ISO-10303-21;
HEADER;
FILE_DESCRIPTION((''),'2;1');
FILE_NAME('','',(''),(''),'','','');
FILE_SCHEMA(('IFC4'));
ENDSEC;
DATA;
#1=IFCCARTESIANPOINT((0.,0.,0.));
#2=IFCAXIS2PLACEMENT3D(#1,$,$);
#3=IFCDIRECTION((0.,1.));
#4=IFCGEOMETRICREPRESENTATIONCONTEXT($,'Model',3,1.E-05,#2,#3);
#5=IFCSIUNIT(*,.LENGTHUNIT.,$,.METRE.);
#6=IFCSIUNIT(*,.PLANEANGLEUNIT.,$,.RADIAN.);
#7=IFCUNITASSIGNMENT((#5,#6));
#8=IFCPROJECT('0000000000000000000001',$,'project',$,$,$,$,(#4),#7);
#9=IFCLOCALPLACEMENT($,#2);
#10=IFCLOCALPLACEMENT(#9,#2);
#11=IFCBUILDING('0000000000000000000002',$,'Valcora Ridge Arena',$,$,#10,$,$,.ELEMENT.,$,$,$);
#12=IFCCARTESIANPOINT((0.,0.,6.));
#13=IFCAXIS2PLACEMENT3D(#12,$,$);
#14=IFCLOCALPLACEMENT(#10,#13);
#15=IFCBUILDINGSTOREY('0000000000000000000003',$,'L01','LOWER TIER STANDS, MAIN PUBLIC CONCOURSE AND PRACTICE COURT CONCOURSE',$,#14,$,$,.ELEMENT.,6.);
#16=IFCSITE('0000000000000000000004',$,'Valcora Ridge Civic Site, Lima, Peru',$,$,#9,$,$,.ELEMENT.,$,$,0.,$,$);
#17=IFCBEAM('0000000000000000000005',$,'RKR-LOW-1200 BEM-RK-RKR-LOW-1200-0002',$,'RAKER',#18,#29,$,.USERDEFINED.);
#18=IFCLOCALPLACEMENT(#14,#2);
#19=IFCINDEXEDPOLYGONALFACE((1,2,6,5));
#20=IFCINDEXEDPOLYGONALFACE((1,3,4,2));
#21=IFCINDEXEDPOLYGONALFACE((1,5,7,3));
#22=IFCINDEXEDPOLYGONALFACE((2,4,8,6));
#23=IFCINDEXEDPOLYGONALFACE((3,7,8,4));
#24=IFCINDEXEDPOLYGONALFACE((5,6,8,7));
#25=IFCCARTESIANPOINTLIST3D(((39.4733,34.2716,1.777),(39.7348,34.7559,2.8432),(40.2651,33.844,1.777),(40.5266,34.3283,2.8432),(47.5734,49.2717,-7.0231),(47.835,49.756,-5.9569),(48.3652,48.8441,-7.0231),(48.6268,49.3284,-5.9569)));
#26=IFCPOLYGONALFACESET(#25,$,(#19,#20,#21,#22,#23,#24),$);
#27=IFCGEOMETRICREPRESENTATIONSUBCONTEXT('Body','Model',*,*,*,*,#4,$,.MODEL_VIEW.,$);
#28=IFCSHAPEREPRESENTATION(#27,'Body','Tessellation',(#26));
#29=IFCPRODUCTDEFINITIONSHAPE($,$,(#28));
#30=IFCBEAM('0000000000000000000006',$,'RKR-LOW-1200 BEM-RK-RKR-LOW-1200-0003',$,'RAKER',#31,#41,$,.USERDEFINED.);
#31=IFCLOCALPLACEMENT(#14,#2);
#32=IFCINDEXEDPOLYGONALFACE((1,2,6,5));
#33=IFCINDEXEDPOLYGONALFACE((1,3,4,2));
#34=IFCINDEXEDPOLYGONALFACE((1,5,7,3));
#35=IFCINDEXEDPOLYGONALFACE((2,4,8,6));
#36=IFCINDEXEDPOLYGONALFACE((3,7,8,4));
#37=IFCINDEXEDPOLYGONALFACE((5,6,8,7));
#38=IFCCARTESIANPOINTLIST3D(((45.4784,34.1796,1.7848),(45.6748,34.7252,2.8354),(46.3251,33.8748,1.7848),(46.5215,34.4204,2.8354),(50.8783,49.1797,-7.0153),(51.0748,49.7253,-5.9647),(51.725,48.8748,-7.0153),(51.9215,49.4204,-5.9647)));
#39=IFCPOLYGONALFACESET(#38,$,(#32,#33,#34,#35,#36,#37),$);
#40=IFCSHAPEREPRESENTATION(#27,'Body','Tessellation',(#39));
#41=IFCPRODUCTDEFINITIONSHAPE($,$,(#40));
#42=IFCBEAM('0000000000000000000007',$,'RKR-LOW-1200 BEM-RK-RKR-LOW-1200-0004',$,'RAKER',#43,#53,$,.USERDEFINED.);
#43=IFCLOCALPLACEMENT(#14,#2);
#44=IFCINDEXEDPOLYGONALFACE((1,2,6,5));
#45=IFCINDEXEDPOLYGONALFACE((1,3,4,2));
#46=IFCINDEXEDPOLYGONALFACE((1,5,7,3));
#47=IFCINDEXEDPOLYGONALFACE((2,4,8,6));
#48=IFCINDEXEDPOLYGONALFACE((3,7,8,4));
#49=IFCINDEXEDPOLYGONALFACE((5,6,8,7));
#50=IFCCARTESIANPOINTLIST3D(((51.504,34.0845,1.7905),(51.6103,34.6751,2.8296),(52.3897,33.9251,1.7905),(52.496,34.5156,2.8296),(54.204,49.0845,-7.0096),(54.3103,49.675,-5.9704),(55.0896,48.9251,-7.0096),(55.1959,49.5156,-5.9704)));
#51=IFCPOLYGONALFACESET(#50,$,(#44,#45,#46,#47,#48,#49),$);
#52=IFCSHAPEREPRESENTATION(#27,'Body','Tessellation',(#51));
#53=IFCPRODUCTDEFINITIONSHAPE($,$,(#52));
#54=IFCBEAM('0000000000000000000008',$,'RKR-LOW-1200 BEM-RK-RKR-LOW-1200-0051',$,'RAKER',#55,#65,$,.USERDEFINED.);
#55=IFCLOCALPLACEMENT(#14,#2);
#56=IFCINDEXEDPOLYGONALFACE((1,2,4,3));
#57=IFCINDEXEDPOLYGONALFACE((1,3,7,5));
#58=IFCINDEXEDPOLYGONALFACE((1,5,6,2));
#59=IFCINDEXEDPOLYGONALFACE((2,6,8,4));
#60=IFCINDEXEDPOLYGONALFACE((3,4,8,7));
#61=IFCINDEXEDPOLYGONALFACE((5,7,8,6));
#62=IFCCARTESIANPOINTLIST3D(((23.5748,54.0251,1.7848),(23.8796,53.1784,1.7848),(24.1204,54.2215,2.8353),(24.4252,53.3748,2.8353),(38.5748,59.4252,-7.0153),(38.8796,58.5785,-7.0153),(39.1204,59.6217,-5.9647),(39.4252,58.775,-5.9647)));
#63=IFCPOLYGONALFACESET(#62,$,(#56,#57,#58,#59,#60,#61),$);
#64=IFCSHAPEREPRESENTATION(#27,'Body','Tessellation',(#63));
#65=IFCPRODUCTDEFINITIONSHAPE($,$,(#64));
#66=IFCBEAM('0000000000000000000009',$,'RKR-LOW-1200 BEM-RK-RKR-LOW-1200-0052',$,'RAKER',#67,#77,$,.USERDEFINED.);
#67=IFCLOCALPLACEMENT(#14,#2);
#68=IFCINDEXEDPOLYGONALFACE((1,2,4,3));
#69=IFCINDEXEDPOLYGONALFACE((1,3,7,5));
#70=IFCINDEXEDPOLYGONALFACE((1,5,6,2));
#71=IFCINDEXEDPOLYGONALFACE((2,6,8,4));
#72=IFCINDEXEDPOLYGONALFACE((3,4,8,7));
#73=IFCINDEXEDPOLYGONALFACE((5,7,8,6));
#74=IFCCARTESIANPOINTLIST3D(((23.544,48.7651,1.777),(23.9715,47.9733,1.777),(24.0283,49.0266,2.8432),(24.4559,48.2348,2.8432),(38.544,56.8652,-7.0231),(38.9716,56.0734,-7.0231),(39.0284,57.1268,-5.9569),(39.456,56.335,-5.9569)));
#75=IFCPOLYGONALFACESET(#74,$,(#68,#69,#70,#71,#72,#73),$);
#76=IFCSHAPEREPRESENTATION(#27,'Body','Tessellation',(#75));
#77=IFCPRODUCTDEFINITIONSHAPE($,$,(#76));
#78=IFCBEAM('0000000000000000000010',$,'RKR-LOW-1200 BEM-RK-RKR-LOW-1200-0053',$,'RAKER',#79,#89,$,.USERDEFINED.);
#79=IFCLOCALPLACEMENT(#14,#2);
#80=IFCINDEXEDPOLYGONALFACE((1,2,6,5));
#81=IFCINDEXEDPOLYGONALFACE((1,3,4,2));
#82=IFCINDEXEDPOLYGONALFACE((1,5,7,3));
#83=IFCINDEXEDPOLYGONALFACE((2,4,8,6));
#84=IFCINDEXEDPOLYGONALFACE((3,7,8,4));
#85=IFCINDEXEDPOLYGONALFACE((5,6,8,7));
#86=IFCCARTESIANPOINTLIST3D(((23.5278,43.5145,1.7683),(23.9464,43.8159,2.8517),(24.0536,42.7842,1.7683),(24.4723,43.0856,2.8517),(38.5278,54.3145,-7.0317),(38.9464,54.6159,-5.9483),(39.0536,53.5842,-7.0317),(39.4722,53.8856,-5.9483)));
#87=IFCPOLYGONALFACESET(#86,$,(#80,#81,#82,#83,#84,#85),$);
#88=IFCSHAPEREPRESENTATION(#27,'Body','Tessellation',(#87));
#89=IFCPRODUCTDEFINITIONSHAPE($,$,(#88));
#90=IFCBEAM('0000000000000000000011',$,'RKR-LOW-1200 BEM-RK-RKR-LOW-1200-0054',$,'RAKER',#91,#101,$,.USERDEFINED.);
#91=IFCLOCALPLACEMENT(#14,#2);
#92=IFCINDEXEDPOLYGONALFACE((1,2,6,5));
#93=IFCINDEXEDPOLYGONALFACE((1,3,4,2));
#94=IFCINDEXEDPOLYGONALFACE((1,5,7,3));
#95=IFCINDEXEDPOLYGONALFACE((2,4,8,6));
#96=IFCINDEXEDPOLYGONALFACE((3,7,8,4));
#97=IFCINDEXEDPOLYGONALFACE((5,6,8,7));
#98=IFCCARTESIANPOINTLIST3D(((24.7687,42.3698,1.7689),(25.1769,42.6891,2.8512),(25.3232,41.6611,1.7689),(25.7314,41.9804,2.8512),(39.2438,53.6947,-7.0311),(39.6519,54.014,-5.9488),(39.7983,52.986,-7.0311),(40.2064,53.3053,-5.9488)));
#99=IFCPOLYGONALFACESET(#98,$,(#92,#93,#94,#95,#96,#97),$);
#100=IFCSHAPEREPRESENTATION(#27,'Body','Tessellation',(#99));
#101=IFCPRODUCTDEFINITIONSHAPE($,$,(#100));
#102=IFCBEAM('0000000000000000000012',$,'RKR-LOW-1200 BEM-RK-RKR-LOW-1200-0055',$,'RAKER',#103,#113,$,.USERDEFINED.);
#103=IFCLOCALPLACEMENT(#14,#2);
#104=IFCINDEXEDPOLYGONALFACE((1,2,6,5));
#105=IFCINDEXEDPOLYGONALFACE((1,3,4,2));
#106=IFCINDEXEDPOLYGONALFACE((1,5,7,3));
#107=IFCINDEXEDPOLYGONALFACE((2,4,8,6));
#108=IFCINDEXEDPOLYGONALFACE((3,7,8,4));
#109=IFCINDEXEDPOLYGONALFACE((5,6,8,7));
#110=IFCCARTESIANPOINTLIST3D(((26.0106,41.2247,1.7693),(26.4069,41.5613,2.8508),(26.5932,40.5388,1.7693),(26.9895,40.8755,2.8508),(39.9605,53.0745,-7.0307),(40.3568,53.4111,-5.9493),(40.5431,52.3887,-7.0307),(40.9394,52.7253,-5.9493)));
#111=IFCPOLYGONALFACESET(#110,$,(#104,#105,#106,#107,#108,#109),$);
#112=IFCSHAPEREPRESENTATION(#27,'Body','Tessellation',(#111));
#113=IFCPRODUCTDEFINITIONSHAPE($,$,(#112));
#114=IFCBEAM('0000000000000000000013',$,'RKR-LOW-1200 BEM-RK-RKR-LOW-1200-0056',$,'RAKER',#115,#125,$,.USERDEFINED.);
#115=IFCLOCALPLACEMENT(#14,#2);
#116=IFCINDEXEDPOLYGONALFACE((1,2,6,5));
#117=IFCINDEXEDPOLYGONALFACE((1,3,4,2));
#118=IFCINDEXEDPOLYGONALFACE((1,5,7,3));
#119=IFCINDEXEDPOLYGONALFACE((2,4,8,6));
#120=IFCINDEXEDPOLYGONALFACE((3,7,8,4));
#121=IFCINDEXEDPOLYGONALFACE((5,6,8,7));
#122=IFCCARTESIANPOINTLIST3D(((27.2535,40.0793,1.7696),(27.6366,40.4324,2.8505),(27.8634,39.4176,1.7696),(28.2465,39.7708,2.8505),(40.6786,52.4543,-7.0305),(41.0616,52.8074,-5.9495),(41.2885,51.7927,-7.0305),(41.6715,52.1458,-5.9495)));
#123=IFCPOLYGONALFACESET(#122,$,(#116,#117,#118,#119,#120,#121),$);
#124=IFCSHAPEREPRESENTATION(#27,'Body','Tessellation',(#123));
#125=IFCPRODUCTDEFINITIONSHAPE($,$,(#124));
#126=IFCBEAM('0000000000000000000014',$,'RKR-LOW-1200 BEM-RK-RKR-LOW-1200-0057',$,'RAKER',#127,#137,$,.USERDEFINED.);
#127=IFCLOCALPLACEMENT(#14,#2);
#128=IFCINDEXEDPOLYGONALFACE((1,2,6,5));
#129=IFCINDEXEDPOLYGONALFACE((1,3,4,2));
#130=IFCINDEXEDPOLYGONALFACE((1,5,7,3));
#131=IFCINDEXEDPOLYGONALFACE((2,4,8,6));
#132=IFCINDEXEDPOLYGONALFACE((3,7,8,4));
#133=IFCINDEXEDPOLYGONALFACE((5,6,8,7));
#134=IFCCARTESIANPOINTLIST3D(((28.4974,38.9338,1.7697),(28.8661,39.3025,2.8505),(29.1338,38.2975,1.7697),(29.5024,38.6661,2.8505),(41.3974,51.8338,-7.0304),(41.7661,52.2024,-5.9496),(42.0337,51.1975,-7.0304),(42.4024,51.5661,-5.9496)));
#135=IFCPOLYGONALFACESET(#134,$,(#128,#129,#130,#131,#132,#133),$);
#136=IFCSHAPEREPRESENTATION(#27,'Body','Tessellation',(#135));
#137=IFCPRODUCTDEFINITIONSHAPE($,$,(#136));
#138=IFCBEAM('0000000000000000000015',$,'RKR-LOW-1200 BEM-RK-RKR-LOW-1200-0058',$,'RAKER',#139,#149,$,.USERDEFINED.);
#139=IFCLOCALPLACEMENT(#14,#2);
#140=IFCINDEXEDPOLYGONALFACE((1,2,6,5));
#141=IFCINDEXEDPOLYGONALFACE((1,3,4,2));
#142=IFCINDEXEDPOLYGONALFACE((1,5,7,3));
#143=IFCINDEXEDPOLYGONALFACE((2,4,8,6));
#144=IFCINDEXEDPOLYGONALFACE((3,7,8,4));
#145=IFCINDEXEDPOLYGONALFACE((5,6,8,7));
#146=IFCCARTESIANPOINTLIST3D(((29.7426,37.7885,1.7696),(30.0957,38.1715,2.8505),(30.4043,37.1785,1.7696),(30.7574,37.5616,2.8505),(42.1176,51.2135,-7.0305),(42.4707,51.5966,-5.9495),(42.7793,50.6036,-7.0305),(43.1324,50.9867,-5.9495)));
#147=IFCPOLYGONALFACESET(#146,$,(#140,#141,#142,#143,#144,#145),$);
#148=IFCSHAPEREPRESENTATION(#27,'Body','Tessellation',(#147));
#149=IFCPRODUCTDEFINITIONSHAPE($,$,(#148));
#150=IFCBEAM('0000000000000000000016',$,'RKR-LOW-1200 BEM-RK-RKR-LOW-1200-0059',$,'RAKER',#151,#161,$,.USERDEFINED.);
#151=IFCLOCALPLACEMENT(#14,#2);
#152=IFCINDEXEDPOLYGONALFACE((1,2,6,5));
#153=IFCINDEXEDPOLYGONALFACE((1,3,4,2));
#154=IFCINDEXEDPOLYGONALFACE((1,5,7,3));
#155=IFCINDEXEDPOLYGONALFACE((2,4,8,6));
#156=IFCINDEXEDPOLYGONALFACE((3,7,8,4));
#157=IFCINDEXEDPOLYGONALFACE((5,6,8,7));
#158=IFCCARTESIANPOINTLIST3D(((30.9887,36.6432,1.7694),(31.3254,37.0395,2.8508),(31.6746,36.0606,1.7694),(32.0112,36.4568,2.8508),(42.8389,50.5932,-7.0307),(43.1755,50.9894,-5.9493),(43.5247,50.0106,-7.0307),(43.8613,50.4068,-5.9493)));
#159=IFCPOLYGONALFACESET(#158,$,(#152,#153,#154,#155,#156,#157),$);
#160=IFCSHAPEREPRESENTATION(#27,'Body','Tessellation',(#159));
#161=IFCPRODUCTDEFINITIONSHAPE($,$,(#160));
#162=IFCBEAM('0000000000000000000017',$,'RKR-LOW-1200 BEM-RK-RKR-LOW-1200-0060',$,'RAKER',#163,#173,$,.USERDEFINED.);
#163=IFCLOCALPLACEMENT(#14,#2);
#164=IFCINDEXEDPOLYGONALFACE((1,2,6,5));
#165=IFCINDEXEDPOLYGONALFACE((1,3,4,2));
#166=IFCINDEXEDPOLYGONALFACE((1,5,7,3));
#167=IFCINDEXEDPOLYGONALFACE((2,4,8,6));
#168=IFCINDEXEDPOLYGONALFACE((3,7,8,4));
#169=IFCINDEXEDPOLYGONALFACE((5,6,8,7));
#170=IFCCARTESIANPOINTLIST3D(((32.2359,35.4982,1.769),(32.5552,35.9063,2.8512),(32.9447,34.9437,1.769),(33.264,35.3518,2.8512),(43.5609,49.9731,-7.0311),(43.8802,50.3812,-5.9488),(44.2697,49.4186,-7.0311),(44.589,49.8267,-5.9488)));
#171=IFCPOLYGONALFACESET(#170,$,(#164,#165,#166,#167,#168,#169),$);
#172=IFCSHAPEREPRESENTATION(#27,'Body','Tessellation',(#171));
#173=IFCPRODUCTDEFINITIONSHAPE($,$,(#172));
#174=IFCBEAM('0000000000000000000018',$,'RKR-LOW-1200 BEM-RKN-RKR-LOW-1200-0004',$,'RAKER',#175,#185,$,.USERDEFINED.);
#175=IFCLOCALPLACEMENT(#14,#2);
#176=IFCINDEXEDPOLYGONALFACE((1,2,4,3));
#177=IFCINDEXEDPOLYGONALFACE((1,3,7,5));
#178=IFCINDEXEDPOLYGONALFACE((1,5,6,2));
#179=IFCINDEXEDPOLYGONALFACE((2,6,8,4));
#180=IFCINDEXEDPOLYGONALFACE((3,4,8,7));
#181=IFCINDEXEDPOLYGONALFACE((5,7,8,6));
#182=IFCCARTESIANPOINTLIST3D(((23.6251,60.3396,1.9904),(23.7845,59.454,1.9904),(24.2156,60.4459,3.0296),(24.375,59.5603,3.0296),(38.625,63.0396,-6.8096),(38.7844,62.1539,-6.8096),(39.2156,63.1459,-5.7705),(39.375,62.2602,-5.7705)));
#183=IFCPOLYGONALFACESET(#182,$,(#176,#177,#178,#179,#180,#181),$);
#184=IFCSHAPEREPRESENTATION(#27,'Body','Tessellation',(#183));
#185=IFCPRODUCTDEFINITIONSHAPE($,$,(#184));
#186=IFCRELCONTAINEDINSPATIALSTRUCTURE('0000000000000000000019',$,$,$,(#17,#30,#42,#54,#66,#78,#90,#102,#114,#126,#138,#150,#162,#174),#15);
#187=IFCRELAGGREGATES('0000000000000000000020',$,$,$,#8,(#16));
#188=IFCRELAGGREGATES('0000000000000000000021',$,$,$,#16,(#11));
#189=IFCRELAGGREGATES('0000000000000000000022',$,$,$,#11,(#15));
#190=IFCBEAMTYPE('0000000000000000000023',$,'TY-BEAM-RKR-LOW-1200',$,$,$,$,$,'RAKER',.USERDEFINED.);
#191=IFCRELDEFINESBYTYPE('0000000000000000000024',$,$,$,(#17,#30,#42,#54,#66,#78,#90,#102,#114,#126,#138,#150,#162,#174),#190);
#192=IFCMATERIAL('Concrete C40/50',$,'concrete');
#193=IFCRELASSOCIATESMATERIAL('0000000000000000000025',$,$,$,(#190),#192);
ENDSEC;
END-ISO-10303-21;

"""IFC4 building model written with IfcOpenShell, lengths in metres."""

from ifc_helpers import new_model, si_unit, direction, frame, origin, origin_2d, place, context, subcontext, project, spatial, rectangle, extrude, material, material_profile, profile_set, type_object, element, save


model = new_model("IFC4")

# Units and contexts
model_context = context("Model", 3, precision=1e-05, world=origin(), true_north=direction((0.0, 1.0)))
body_context = subcontext(model_context, "Body", "Model", "MODEL_VIEW")
ifc_project = project(units=[si_unit("LENGTHUNIT", "METRE"), si_unit("PLANEANGLEUNIT", "RADIAN")], contexts=[model_context])

# Site, building, storey
site_placement = place(None, origin())
site = spatial("IfcSite", under=ifc_project, at=site_placement, Name="Valcora Ridge Civic Site, Lima, Peru", CompositionType="ELEMENT", RefElevation=0.0)
building_placement = place(site_placement, origin())
building = spatial("IfcBuilding", under=site, at=building_placement, Name="Valcora Ridge Arena", CompositionType="ELEMENT")
storey_placement = place(building_placement, frame((0.0, 0.0, 6.0)))
storey = spatial("IfcBuildingStorey", under=building, at=storey_placement, Name="L01", Description="LOWER TIER STANDS, MAIN PUBLIC CONCOURSE AND PRACTICE COURT CONCOURSE", CompositionType="ELEMENT", Elevation=6.0)

# Beams
ifc_material_1 = material(Name="Concrete C40/50", Category="concrete")
ifc_material_profile_1 = material_profile(ifc_material_1, rectangle(XDim=0.8999, YDim=1.2, at=origin_2d()), Name="RC 900x1200")
ifc_profile_set_1 = profile_set([ifc_material_profile_1], Name="Concrete C40/50")
beam_type = type_object("IfcBeamType", Name="TY-BEAM-RKR-LOW-1200", ElementType="RAKER", PredefinedType="USERDEFINED", material=ifc_profile_set_1)
beam_1_placement = place(storey_placement, frame((48.1001, 49.3, -6.49), z_axis=(-0.422217, -0.781873, 0.458702), x_axis=(0.879903, -0.475153, 0.0)))
element("IfcBeam", 1, at=beam_1_placement, inside=storey, type_object=beam_type, Name="RKR-LOW-1200 BEM-RK-RKR-LOW-1200-0002", ObjectType="RAKER", PredefinedType="USERDEFINED", context=body_context, shape_type="SweptSolid", body=[
    extrude(rectangle(XDim=0.8999, YDim=1.2, at=origin_2d()), origin(), (0.0, 0.0, 1.0), 19.1848),
])
beam_2_placement = place(storey_placement, frame((51.3999, 49.3, -6.49), z_axis=(-0.296537, -0.823729, 0.483257), x_axis=(0.940889, -0.338714, 0.0)))
element("IfcBeam", 2, at=beam_2_placement, inside=storey, type_object=beam_type, Name="RKR-LOW-1200 BEM-RK-RKR-LOW-1200-0003", ObjectType="RAKER", PredefinedType="USERDEFINED", context=body_context, shape_type="SweptSolid", body=[
    extrude(rectangle(XDim=0.8999, YDim=1.2, at=origin_2d()), origin(), (0.0, 0.0, 1.0), 18.21),
])
beam_3_placement = place(storey_placement, frame((54.7, 49.3, -6.49), z_axis=(-0.153414, -0.852313, 0.500027), x_axis=(0.984184, -0.17715, 0.0)))
element("IfcBeam", 3, at=beam_3_placement, inside=storey, type_object=beam_type, Name="RKR-LOW-1200 BEM-RK-RKR-LOW-1200-0004", ObjectType="RAKER", PredefinedType="USERDEFINED", context=body_context, shape_type="SweptSolid", body=[
    extrude(rectangle(XDim=0.8999, YDim=1.2, at=origin_2d()), origin(), (0.0, 0.0, 1.0), 17.5991),
])
beam_4_placement = place(storey_placement, frame((39.0, 59.1001, -6.49), z_axis=(-0.823725, -0.296549, 0.483255), x_axis=(0.338728, -0.940884, 0.0)))
element("IfcBeam", 4, at=beam_4_placement, inside=storey, type_object=beam_type, Name="RKR-LOW-1200 BEM-RK-RKR-LOW-1200-0051", ObjectType="RAKER", PredefinedType="USERDEFINED", context=body_context, shape_type="SweptSolid", body=[
    extrude(rectangle(XDim=0.8999, YDim=1.2, at=origin_2d()), origin(), (0.0, 0.0, 1.0), 18.21),
])
beam_5_placement = place(storey_placement, frame((39.0, 56.6001, -6.49), z_axis=(-0.781873, -0.422217, 0.458702), x_axis=(0.475153, -0.879903, 0.0)))
element("IfcBeam", 5, at=beam_5_placement, inside=storey, type_object=beam_type, Name="RKR-LOW-1200 BEM-RK-RKR-LOW-1200-0052", ObjectType="RAKER", PredefinedType="USERDEFINED", context=body_context, shape_type="SweptSolid", body=[
    extrude(rectangle(XDim=0.8999, YDim=1.2, at=origin_2d()), origin(), (0.0, 0.0, 1.0), 19.1848),
])
beam_6_placement = place(storey_placement, frame((39.0, 54.1001, -6.49), z_axis=(-0.732726, -0.527565, 0.429869), x_axis=(0.584306, -0.811533, 0.0)))
element("IfcBeam", 6, at=beam_6_placement, inside=storey, type_object=beam_type, Name="RKR-LOW-1200 BEM-RK-RKR-LOW-1200-0053", ObjectType="RAKER", PredefinedType="USERDEFINED", context=body_context, shape_type="SweptSolid", body=[
    extrude(rectangle(XDim=0.8999, YDim=1.2, at=origin_2d()), origin(), (0.0, 0.0, 1.0), 20.4714),
])
beam_7_placement = place(storey_placement, frame((39.7251, 53.5, -6.49), z_axis=(-0.710363, -0.55577, 0.431861), x_axis=(0.616194, -0.787594, 0.0)))
element("IfcBeam", 7, at=beam_7_placement, inside=storey, type_object=beam_type, Name="RKR-LOW-1200 BEM-RK-RKR-LOW-1200-0054", ObjectType="RAKER", PredefinedType="USERDEFINED", context=body_context, shape_type="SweptSolid", body=[
    extrude(rectangle(XDim=0.8999, YDim=1.2, at=origin_2d()), origin(), (0.0, 0.0, 1.0), 20.377),
])
beam_8_placement = place(storey_placement, frame((40.45, 52.8999, -6.49), z_axis=(-0.686881, -0.583474, 0.433305), x_axis=(0.647407, -0.762144, 0.0)))
element("IfcBeam", 8, at=beam_8_placement, inside=storey, type_object=beam_type, Name="RKR-LOW-1200 BEM-RK-RKR-LOW-1200-0055", ObjectType="RAKER", PredefinedType="USERDEFINED", context=body_context, shape_type="SweptSolid", body=[
    extrude(rectangle(XDim=0.8999, YDim=1.2, at=origin_2d()), origin(), (0.0, 0.0, 1.0), 20.3091),
])
beam_9_placement = place(storey_placement, frame((41.175, 52.3, -6.49), z_axis=(-0.662359, -0.610552, 0.434173), x_axis=(0.677767, -0.735277, 0.0)))
element("IfcBeam", 9, at=beam_9_placement, inside=storey, type_object=beam_type, Name="RKR-LOW-1200 BEM-RK-RKR-LOW-1200-0056", ObjectType="RAKER", PredefinedType="USERDEFINED", context=body_context, shape_type="SweptSolid", body=[
    extrude(rectangle(XDim=0.8999, YDim=1.2, at=origin_2d()), origin(), (0.0, 0.0, 1.0), 20.2686),
])
beam_10_placement = place(storey_placement, frame((41.8999, 51.7, -6.49), z_axis=(-0.636882, -0.636882, 0.434468), x_axis=(0.707107, -0.707107, 0.0)))
element("IfcBeam", 10, at=beam_10_placement, inside=storey, type_object=beam_type, Name="RKR-LOW-1200 BEM-RK-RKR-LOW-1200-0057", ObjectType="RAKER", PredefinedType="USERDEFINED", context=body_context, shape_type="SweptSolid", body=[
    extrude(rectangle(XDim=0.8999, YDim=1.2, at=origin_2d()), origin(), (0.0, 0.0, 1.0), 20.2549),
])
beam_11_placement = place(storey_placement, frame((42.625, 51.1001, -6.49), z_axis=(-0.610552, -0.662359, 0.434173), x_axis=(0.735277, -0.677767, 0.0)))
element("IfcBeam", 11, at=beam_11_placement, inside=storey, type_object=beam_type, Name="RKR-LOW-1200 BEM-RK-RKR-LOW-1200-0058", ObjectType="RAKER", PredefinedType="USERDEFINED", context=body_context, shape_type="SweptSolid", body=[
    extrude(rectangle(XDim=0.8999, YDim=1.2, at=origin_2d()), origin(), (0.0, 0.0, 1.0), 20.2686),
])
beam_12_placement = place(storey_placement, frame((43.3501, 50.5, -6.49), z_axis=(-0.583482, -0.686876, 0.433302), x_axis=(0.762138, -0.647415, 0.0)))
element("IfcBeam", 12, at=beam_12_placement, inside=storey, type_object=beam_type, Name="RKR-LOW-1200 BEM-RK-RKR-LOW-1200-0059", ObjectType="RAKER", PredefinedType="USERDEFINED", context=body_context, shape_type="SweptSolid", body=[
    extrude(rectangle(XDim=0.8999, YDim=1.2, at=origin_2d()), origin(), (0.0, 0.0, 1.0), 20.3093),
])
beam_13_placement = place(storey_placement, frame((44.075, 49.8999, -6.49), z_axis=(-0.555775, -0.710357, 0.431865), x_axis=(0.787589, -0.6162, 0.0)))
element("IfcBeam", 13, at=beam_13_placement, inside=storey, type_object=beam_type, Name="RKR-LOW-1200 BEM-RK-RKR-LOW-1200-0060", ObjectType="RAKER", PredefinedType="USERDEFINED", context=body_context, shape_type="SweptSolid", body=[
    extrude(rectangle(XDim=0.8999, YDim=1.2, at=origin_2d()), origin(), (0.0, 0.0, 1.0), 20.377),
])
beam_14_placement = place(storey_placement, frame((39.0, 62.6499, -6.29), z_axis=(-0.852313, -0.153414, 0.500027), x_axis=(0.17715, -0.984184, 0.0)))
element("IfcBeam", 14, at=beam_14_placement, inside=storey, type_object=beam_type, Name="RKR-LOW-1200 BEM-RKN-RKR-LOW-1200-0004", ObjectType="RAKER", PredefinedType="USERDEFINED", context=body_context, shape_type="SweptSolid", body=[
    extrude(rectangle(XDim=0.8999, YDim=1.2, at=origin_2d()), origin(), (0.0, 0.0, 1.0), 17.5991),
])

save(model, "model.ifc")
